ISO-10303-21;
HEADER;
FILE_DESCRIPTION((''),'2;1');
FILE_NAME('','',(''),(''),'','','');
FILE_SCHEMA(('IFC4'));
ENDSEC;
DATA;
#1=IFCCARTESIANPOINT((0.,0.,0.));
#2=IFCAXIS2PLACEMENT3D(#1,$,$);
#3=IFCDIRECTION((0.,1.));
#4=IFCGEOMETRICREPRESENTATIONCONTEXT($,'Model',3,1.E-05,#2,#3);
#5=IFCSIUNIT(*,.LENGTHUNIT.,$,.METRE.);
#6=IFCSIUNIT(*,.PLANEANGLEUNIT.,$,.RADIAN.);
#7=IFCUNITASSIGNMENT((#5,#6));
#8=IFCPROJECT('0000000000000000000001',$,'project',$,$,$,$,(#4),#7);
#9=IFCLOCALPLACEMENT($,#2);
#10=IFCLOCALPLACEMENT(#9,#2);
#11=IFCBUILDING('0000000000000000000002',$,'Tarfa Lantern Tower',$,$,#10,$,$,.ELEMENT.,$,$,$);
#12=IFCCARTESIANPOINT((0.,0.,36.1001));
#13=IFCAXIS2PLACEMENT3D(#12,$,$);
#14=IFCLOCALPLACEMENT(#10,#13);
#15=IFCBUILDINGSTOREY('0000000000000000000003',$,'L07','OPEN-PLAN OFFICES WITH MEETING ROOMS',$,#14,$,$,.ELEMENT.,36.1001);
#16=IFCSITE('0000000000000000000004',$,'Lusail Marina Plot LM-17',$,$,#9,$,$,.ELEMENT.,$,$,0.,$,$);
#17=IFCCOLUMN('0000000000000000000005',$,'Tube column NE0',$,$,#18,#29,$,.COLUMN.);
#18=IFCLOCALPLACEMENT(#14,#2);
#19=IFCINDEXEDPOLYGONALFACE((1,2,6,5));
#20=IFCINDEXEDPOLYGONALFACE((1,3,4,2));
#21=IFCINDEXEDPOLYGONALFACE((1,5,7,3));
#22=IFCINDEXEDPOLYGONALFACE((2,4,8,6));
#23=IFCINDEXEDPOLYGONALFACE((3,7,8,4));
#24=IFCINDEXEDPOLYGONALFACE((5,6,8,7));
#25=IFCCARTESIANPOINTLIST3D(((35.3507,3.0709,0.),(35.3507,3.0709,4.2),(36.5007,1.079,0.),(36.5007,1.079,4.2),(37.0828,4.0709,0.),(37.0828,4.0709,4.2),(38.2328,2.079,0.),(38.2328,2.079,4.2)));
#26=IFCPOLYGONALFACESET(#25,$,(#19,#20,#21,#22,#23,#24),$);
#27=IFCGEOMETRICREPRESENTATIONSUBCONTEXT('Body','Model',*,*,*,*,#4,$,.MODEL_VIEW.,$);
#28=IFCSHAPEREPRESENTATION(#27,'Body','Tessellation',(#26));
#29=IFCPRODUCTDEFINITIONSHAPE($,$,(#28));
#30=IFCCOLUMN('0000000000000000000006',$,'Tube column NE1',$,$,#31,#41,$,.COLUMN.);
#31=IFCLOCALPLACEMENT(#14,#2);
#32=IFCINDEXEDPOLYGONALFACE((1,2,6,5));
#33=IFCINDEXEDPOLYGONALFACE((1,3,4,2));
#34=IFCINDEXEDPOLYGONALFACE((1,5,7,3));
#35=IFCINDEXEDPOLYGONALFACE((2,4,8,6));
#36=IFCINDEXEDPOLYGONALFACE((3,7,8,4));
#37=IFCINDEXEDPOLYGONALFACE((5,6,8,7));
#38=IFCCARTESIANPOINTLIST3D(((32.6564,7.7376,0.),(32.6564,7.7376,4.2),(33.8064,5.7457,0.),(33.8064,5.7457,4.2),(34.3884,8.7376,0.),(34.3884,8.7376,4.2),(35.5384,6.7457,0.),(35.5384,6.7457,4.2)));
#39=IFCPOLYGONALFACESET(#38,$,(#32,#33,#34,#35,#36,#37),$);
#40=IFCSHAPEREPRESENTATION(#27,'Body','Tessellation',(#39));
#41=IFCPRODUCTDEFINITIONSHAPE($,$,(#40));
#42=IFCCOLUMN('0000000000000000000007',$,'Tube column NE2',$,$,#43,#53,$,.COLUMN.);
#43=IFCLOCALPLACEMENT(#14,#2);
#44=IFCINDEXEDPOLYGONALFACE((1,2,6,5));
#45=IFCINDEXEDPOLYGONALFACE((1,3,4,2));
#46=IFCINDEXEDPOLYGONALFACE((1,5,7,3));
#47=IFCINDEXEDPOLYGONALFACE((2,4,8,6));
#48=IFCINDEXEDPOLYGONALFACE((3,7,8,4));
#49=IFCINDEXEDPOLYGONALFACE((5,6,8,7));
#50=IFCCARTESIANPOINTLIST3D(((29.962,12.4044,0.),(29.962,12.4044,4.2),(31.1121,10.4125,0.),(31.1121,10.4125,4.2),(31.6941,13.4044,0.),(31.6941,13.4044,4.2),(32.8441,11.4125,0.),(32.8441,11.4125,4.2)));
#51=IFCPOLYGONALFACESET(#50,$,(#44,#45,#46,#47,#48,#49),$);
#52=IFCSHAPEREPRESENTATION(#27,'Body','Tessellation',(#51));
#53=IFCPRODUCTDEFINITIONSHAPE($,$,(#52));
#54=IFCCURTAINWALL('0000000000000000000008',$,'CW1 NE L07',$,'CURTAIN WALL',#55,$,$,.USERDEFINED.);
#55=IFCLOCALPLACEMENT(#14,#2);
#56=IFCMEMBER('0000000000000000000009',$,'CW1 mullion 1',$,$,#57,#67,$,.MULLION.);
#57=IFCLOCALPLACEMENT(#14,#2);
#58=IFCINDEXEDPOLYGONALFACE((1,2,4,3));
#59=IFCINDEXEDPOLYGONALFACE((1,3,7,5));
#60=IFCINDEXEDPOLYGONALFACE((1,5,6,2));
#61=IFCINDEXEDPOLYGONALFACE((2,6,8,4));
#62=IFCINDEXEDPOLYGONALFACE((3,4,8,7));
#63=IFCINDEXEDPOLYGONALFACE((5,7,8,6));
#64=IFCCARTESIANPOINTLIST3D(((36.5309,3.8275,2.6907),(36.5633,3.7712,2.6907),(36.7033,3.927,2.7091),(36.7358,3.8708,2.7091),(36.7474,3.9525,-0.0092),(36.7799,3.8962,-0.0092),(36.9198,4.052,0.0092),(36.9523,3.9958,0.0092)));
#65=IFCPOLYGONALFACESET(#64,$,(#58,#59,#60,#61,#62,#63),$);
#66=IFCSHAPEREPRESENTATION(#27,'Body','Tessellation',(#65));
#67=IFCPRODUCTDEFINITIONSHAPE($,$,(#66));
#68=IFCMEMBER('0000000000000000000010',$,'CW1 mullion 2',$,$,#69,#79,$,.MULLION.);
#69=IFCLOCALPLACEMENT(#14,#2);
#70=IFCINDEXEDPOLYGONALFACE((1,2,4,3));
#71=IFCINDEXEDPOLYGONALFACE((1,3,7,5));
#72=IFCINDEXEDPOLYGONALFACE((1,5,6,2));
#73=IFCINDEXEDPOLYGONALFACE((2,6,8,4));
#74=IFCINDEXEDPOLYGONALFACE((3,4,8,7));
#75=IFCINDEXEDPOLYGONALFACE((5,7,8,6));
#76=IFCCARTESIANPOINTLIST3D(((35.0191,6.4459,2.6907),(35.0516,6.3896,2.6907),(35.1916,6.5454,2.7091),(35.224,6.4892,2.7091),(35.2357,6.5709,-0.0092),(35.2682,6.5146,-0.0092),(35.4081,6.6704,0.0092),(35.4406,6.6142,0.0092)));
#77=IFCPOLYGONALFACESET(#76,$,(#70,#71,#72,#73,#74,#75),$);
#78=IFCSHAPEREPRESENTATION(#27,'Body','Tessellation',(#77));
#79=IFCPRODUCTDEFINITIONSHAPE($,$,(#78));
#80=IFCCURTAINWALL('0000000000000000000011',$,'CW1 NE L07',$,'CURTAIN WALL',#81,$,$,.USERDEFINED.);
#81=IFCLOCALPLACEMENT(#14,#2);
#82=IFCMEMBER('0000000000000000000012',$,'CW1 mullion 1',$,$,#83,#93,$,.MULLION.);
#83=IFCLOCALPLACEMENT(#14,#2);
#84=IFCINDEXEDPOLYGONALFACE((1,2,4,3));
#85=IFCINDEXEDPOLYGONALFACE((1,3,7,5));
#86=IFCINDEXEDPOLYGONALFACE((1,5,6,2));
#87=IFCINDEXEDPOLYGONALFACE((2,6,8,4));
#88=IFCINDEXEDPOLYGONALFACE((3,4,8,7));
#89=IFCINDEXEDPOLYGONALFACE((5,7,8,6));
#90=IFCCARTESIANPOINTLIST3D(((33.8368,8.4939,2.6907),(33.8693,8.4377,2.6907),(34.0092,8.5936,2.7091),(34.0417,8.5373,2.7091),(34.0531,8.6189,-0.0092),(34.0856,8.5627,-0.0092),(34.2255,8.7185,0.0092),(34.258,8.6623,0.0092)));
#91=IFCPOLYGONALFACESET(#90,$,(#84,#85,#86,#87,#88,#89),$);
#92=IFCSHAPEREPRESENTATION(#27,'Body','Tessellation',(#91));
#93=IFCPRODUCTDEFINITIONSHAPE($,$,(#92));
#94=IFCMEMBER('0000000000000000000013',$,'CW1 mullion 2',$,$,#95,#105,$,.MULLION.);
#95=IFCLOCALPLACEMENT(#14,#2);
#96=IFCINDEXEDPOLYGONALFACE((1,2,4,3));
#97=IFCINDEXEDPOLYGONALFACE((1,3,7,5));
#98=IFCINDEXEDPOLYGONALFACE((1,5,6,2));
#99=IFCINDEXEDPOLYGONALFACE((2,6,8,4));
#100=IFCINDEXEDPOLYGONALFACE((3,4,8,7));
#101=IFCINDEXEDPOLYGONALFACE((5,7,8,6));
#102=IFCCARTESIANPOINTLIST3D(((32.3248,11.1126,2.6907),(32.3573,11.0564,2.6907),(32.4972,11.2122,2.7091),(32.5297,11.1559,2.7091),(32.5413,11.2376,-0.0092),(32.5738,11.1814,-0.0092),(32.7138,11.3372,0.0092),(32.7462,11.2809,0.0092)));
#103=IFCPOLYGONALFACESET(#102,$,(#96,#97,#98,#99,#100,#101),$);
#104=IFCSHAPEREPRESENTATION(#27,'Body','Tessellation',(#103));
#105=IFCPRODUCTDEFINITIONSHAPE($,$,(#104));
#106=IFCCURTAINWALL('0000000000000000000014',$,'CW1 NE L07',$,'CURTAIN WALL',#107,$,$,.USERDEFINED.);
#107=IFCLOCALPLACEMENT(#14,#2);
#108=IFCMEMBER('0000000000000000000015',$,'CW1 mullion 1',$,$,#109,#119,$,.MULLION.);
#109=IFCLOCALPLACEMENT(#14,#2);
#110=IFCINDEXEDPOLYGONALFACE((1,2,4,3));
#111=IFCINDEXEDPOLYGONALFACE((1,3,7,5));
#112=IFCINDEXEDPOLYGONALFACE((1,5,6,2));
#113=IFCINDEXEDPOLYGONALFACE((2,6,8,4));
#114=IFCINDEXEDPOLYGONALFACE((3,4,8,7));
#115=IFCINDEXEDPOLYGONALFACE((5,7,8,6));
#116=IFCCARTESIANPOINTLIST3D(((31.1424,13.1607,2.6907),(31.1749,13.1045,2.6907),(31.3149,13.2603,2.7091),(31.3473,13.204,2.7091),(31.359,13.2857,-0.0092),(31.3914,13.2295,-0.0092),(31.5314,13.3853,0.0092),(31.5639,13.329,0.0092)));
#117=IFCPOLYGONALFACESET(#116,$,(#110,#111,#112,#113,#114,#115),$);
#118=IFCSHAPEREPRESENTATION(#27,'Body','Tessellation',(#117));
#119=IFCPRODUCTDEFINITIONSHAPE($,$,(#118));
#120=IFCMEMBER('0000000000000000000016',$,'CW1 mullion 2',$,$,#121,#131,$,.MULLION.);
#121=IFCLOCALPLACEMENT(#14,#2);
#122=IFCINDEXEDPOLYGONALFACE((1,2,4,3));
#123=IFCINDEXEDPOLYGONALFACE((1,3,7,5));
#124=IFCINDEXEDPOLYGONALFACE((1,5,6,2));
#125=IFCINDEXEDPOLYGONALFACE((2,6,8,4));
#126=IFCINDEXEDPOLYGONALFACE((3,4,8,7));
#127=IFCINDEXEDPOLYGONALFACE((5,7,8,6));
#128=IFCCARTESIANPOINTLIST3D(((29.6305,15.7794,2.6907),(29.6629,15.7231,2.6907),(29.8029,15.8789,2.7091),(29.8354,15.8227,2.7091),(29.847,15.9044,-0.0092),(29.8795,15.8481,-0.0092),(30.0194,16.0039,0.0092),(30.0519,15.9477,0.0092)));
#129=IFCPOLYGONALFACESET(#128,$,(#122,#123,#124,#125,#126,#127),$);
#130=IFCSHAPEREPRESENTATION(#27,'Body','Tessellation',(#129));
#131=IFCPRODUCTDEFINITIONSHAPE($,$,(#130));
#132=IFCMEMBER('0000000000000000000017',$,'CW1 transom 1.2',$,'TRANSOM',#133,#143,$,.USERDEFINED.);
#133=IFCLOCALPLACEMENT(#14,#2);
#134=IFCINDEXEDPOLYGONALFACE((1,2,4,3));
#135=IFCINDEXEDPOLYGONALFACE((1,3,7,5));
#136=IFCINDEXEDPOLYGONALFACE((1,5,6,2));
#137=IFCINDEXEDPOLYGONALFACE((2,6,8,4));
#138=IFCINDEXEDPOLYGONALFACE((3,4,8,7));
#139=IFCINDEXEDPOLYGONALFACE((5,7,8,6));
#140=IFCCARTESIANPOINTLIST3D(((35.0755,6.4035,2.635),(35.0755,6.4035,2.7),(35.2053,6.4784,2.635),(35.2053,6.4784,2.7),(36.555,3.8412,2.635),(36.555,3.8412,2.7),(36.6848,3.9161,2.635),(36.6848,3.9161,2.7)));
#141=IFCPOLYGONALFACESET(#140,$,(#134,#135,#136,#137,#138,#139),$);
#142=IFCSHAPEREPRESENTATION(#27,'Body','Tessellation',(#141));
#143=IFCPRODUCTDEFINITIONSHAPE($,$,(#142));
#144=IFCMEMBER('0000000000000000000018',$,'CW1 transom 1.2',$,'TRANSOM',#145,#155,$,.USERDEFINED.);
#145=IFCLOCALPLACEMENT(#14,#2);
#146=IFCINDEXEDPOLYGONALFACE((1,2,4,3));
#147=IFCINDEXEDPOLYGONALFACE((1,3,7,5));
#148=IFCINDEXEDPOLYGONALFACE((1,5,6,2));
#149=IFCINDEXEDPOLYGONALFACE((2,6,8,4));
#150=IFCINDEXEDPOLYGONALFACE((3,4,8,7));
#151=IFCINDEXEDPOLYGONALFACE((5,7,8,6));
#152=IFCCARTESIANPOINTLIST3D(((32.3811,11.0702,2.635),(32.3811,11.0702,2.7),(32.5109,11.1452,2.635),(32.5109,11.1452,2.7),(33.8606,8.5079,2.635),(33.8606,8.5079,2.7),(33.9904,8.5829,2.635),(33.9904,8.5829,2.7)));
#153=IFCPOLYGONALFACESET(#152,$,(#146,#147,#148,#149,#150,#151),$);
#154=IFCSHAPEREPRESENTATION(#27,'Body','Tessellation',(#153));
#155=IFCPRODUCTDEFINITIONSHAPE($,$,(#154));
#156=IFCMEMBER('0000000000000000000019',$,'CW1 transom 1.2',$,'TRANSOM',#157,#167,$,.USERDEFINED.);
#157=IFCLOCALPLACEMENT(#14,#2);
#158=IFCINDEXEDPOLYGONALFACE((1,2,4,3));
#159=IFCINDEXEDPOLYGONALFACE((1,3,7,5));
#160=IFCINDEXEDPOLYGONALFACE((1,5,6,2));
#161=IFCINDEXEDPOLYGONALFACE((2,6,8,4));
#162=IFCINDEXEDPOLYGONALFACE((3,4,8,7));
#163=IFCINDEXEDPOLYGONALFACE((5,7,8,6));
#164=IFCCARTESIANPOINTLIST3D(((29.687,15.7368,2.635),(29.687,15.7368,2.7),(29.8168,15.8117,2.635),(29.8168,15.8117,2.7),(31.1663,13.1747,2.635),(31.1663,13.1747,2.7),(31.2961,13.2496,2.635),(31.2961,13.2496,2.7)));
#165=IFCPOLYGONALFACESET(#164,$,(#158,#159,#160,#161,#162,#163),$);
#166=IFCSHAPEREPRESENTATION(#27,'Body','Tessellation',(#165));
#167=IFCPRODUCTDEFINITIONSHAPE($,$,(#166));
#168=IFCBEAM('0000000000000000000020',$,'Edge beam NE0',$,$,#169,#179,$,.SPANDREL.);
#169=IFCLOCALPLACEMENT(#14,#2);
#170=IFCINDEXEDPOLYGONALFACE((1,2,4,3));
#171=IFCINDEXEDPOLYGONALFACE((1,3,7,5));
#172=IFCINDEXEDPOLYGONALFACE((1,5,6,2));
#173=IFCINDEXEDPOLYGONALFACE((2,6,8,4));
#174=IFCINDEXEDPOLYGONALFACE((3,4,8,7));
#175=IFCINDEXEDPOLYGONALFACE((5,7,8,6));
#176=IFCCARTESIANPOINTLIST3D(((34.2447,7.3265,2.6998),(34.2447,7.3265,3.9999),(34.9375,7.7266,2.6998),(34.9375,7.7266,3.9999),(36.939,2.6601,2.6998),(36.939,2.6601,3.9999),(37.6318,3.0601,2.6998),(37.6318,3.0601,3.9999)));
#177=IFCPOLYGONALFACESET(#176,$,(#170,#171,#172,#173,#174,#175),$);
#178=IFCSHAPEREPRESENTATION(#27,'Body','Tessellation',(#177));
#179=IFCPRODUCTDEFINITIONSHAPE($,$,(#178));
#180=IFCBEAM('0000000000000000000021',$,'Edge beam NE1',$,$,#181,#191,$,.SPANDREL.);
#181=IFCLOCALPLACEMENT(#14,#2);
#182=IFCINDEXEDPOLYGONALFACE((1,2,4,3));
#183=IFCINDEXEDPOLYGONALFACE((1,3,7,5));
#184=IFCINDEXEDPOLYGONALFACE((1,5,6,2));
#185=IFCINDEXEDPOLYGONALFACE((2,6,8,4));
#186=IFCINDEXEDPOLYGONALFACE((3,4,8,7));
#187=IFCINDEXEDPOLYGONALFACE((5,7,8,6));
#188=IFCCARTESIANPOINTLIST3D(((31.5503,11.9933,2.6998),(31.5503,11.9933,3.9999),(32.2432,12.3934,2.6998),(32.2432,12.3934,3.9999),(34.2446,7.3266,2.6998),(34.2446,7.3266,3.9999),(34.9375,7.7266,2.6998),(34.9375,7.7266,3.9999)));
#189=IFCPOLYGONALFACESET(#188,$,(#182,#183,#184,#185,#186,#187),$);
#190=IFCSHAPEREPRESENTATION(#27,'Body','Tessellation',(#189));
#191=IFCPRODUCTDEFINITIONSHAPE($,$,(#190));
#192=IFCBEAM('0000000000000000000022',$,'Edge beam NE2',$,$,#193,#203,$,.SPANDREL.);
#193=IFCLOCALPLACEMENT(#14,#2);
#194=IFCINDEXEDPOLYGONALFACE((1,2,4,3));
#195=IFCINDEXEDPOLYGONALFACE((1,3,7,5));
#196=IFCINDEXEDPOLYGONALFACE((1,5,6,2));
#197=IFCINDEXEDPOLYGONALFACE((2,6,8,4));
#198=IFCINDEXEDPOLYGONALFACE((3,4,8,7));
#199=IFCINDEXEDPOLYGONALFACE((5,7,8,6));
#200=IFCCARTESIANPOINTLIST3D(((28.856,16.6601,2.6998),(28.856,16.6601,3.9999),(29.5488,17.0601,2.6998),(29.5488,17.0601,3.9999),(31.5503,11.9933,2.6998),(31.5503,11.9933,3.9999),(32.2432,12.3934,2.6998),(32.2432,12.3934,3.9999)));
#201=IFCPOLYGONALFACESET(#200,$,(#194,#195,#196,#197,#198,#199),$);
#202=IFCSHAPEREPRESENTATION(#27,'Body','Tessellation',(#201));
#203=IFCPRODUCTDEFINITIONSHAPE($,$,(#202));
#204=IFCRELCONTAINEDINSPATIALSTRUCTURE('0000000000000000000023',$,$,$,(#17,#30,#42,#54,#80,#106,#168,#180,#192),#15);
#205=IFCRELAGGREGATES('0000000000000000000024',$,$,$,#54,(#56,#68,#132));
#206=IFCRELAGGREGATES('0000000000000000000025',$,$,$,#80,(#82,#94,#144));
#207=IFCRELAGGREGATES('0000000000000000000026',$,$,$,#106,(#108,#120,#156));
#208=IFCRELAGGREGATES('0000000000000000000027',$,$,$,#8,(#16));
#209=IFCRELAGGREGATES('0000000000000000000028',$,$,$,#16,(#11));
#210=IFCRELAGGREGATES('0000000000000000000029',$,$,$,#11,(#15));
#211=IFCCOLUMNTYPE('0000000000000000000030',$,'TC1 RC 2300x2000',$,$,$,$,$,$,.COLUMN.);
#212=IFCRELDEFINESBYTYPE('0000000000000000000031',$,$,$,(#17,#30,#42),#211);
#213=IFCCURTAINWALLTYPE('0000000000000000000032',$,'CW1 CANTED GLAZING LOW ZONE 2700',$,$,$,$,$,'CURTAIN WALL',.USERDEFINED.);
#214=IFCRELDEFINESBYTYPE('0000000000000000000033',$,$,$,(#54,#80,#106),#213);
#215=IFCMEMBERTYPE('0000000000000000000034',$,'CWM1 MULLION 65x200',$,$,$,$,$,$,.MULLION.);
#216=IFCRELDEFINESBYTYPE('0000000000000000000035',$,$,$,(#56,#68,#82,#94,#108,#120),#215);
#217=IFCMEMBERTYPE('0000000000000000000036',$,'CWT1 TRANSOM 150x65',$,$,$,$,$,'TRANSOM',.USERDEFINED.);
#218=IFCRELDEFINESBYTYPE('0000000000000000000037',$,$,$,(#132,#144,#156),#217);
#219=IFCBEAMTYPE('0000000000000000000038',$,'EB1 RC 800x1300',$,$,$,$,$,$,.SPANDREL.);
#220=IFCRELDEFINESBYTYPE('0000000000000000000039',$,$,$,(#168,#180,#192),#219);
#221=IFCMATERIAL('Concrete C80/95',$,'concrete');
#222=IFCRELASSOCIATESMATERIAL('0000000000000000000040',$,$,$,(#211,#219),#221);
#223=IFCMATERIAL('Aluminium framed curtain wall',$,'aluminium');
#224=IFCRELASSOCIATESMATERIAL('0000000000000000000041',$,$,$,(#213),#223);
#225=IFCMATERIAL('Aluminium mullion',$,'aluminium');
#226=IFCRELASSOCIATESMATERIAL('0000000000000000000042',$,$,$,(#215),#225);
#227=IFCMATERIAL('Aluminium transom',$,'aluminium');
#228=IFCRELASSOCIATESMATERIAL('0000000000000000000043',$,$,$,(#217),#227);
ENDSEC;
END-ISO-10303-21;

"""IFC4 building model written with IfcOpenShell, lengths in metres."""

from ifc_helpers import new_model, si_unit, direction, frame, origin, origin_2d, place, context, subcontext, project, spatial, rectangle, extrude, material, material_profile, profile_set, type_object, element, aggregate, save


model = new_model("IFC4")

# Units and contexts
model_context = context("Model", 3, precision=1e-05, world=origin(), true_north=direction((0.0, 1.0)))
body_context = subcontext(model_context, "Body", "Model", "MODEL_VIEW")
ifc_project = project(units=[si_unit("LENGTHUNIT", "METRE"), si_unit("PLANEANGLEUNIT", "RADIAN")], contexts=[model_context])

# Site, building, storey
site_placement = place(None, origin())
site = spatial("IfcSite", under=ifc_project, at=site_placement, Name="Lusail Marina Plot LM-17", CompositionType="ELEMENT", RefElevation=0.0)
building_placement = place(site_placement, origin())
building = spatial("IfcBuilding", under=site, at=building_placement, Name="Tarfa Lantern Tower", CompositionType="ELEMENT")
storey_placement = place(building_placement, frame((0.0, 0.0, 36.1001)))
storey = spatial("IfcBuildingStorey", under=building, at=storey_placement, Name="L07", Description="OPEN-PLAN OFFICES WITH MEETING ROOMS", CompositionType="ELEMENT", Elevation=36.1001)

# Columns
ifc_material_1 = material(Name="Concrete C80/95", Category="concrete")
ifc_material_profile_1 = material_profile(ifc_material_1, rectangle(XDim=2.3, YDim=2.0, at=origin_2d()), Name="RC 2300x2000")
ifc_profile_set_1 = profile_set([ifc_material_profile_1], Name="Concrete C80/95")
column_type = type_object("IfcColumnType", Name="TC1 RC 2300x2000", PredefinedType="COLUMN", material=ifc_profile_set_1)
for number, where, z_axis, x_axis, name in (
    (1, (36.7917, 2.575, 0.0), (0.0, 0.0, 1.0), (-0.5, 0.866025, 0.0), "Tube column NE0"),
    (2, (34.0974, 7.2417, 0.0), (0.0, 0.0, 1.0), (-0.5, 0.866025, 0.0), "Tube column NE1"),
    (3, (31.4031, 11.9084, 0.0), (0.0, 0.0, 1.0), (-0.5, 0.866025, 0.0), "Tube column NE2"),
):
    element("IfcColumn", number, at=place(storey_placement, frame(where, z_axis=z_axis, x_axis=x_axis)), inside=storey, type_object=column_type, Name=name, PredefinedType="COLUMN", context=body_context, shape_type="SweptSolid", body=[
        extrude(rectangle(XDim=2.3, YDim=2.0, at=origin_2d()), origin(), (0.0, 0.0, 1.0), 4.2),
    ])

# Curtain walls, members
ifc_material_2 = material(Name="Aluminium framed curtain wall", Category="aluminium")
curtain_wall_type = type_object("IfcCurtainWallType", Name="CW1 CANTED GLAZING LOW ZONE 2700", ElementType="CURTAIN WALL", PredefinedType="USERDEFINED", material=ifc_material_2)
curtain_wall_1_placement = place(storey_placement, origin())
curtain_wall_1 = element("IfcCurtainWall", 4, at=curtain_wall_1_placement, inside=storey, type_object=curtain_wall_type, Name="CW1 NE L07", ObjectType="CURTAIN WALL", PredefinedType="USERDEFINED")
ifc_material_3 = material(Name="Aluminium mullion", Category="aluminium")
ifc_material_profile_2 = material_profile(ifc_material_3, rectangle(XDim=0.0649, YDim=0.2, at=origin_2d()), Name="AL MULLION 65x200")
ifc_profile_set_2 = profile_set([ifc_material_profile_2], Name="Aluminium mullion")
member_type_1 = type_object("IfcMemberType", Name="CWM1 MULLION 65x200", PredefinedType="MULLION", material=ifc_profile_set_2)
member_1_placement = place(storey_placement, frame((36.8499, 3.9741, 0.0), z_axis=(-0.079864, -0.0461, 0.995739), x_axis=(0.49992, -0.866072, 0.0)))
member_1 = element("IfcMember", 5, at=member_1_placement, type_object=member_type_1, Name="CW1 mullion 1", PredefinedType="MULLION", context=body_context, shape_type="SweptSolid", body=[
    extrude(rectangle(XDim=0.0649, YDim=0.2, at=origin_2d()), origin(), (0.0, 0.0, 1.0), 2.7114),
])
member_2_placement = place(storey_placement, frame((35.3381, 6.5925, 0.0), z_axis=(-0.079864, -0.0461, 0.995739), x_axis=(0.49992, -0.866072, 0.0)))
member_2 = element("IfcMember", 6, at=member_2_placement, type_object=member_type_1, Name="CW1 mullion 2", PredefinedType="MULLION", context=body_context, shape_type="SweptSolid", body=[
    extrude(rectangle(XDim=0.0649, YDim=0.2, at=origin_2d()), origin(), (0.0, 0.0, 1.0), 2.7114),
])
curtain_wall_2_placement = place(storey_placement, origin())
curtain_wall_2 = element("IfcCurtainWall", 7, at=curtain_wall_2_placement, inside=storey, type_object=curtain_wall_type, Name="CW1 NE L07", ObjectType="CURTAIN WALL", PredefinedType="USERDEFINED")
member_3_placement = place(storey_placement, frame((34.1555, 8.6406, 0.0), z_axis=(-0.079775, -0.0461, 0.995746), x_axis=(0.500343, -0.865827, 0.0)))
member_3 = element("IfcMember", 8, at=member_3_placement, type_object=member_type_1, Name="CW1 mullion 1", PredefinedType="MULLION", context=body_context, shape_type="SweptSolid", body=[
    extrude(rectangle(XDim=0.0649, YDim=0.2, at=origin_2d()), origin(), (0.0, 0.0, 1.0), 2.7114),
])
member_4_placement = place(storey_placement, frame((32.6438, 11.2593, 0.0), z_axis=(-0.079864, -0.0461, 0.995739), x_axis=(0.49992, -0.866072, 0.0)))
member_4 = element("IfcMember", 9, at=member_4_placement, type_object=member_type_1, Name="CW1 mullion 2", PredefinedType="MULLION", context=body_context, shape_type="SweptSolid", body=[
    extrude(rectangle(XDim=0.0649, YDim=0.2, at=origin_2d()), origin(), (0.0, 0.0, 1.0), 2.7114),
])
curtain_wall_3_placement = place(storey_placement, origin())
curtain_wall_3 = element("IfcCurtainWall", 10, at=curtain_wall_3_placement, inside=storey, type_object=curtain_wall_type, Name="CW1 NE L07", ObjectType="CURTAIN WALL", PredefinedType="USERDEFINED")
member_5_placement = place(storey_placement, frame((31.4614, 13.3074, 0.0), z_axis=(-0.079864, -0.0461, 0.995739), x_axis=(0.49992, -0.866072, 0.0)))
member_5 = element("IfcMember", 11, at=member_5_placement, type_object=member_type_1, Name="CW1 mullion 1", PredefinedType="MULLION", context=body_context, shape_type="SweptSolid", body=[
    extrude(rectangle(XDim=0.0649, YDim=0.2, at=origin_2d()), origin(), (0.0, 0.0, 1.0), 2.7114),
])
member_6_placement = place(storey_placement, frame((29.9495, 15.926, 0.0), z_axis=(-0.079864, -0.0461, 0.995739), x_axis=(0.49992, -0.866072, 0.0)))
member_6 = element("IfcMember", 12, at=member_6_placement, type_object=member_type_1, Name="CW1 mullion 2", PredefinedType="MULLION", context=body_context, shape_type="SweptSolid", body=[
    extrude(rectangle(XDim=0.0649, YDim=0.2, at=origin_2d()), origin(), (0.0, 0.0, 1.0), 2.7114),
])

# Members
ifc_material_4 = material(Name="Aluminium transom", Category="aluminium")
ifc_material_profile_3 = material_profile(ifc_material_4, rectangle(XDim=0.1499, YDim=0.0649, at=origin_2d()), Name="AL TRANSOM 150x65")
ifc_profile_set_3 = profile_set([ifc_material_profile_3], Name="Aluminium transom")
member_type_2 = type_object("IfcMemberType", Name="CWT1 TRANSOM 150x65", ElementType="TRANSOM", PredefinedType="USERDEFINED", material=ifc_profile_set_3)
member_7_placement = place(storey_placement, frame((36.6199, 3.8787, 2.6675), z_axis=(-0.500044, 0.866, 0.0), x_axis=(-0.866, -0.500044, 0.0)))
member_7 = element("IfcMember", 13, at=member_7_placement, type_object=member_type_2, Name="CW1 transom 1.2", ObjectType="TRANSOM", PredefinedType="USERDEFINED", context=body_context, shape_type="SweptSolid", body=[
    extrude(rectangle(XDim=0.1499, YDim=0.0649, at=origin_2d()), origin(), (0.0, 0.0, 1.0), 2.9587),
])
member_8_placement = place(storey_placement, frame((33.9255, 8.5454, 2.6675), z_axis=(-0.500044, 0.866, 0.0), x_axis=(-0.866, -0.500044, 0.0)))
member_8 = element("IfcMember", 14, at=member_8_placement, type_object=member_type_2, Name="CW1 transom 1.2", ObjectType="TRANSOM", PredefinedType="USERDEFINED", context=body_context, shape_type="SweptSolid", body=[
    extrude(rectangle(XDim=0.1499, YDim=0.0649, at=origin_2d()), origin(), (0.0, 0.0, 1.0), 2.9587),
])
member_9_placement = place(storey_placement, frame((31.2312, 13.2122, 2.6675), z_axis=(-0.500018, 0.866015, 0.0), x_axis=(-0.866015, -0.500018, 0.0)))
member_9 = element("IfcMember", 15, at=member_9_placement, type_object=member_type_2, Name="CW1 transom 1.2", ObjectType="TRANSOM", PredefinedType="USERDEFINED", context=body_context, shape_type="SweptSolid", body=[
    extrude(rectangle(XDim=0.1499, YDim=0.0649, at=origin_2d()), origin(), (0.0, 0.0, 1.0), 2.9585),
])

# Beams
ifc_material_profile_4 = material_profile(ifc_material_1, rectangle(XDim=0.8, YDim=1.3, at=origin_2d()), Name="RC 800x1300")
ifc_profile_set_4 = profile_set([ifc_material_profile_4], Name="Concrete C80/95")
beam_type_1 = type_object("IfcBeamType", Name="EB1 RC 800x1300", PredefinedType="SPANDREL", material=ifc_profile_set_4)
beam_1_placement = place(storey_placement, frame((37.2854, 2.8601, 3.3499), z_axis=(-0.500018, 0.866015, 0.0), x_axis=(-0.866015, -0.500018, 0.0)))
element("IfcBeam", 16, at=beam_1_placement, inside=storey, type_object=beam_type_1, Name="Edge beam NE0", PredefinedType="SPANDREL", context=body_context, shape_type="SweptSolid", body=[
    extrude(rectangle(XDim=0.8, YDim=1.3, at=origin_2d()), origin(), (0.0, 0.0, 1.0), 5.3884),
])
for number, where, z_axis, x_axis, name in (
    (17, (34.5911, 7.5266, 3.3499), (-0.499998, 0.866026, 0.0), (-0.866026, -0.499998, 0.0), "Edge beam NE1"),
    (18, (31.8967, 12.1934, 3.3499), (-0.499998, 0.866026, 0.0), (-0.866026, -0.499998, 0.0), "Edge beam NE2"),
):
    element("IfcBeam", number, at=place(storey_placement, frame(where, z_axis=z_axis, x_axis=x_axis)), inside=storey, type_object=beam_type_1, Name=name, PredefinedType="SPANDREL", context=body_context, shape_type="SweptSolid", body=[
        extrude(rectangle(XDim=0.8, YDim=1.3, at=origin_2d()), origin(), (0.0, 0.0, 1.0), 5.3887),
    ])

aggregate(curtain_wall_1, [member_1, member_2, member_7])
aggregate(curtain_wall_2, [member_3, member_4, member_8])
aggregate(curtain_wall_3, [member_5, member_6, member_9])

save(model, "model.ifc")
